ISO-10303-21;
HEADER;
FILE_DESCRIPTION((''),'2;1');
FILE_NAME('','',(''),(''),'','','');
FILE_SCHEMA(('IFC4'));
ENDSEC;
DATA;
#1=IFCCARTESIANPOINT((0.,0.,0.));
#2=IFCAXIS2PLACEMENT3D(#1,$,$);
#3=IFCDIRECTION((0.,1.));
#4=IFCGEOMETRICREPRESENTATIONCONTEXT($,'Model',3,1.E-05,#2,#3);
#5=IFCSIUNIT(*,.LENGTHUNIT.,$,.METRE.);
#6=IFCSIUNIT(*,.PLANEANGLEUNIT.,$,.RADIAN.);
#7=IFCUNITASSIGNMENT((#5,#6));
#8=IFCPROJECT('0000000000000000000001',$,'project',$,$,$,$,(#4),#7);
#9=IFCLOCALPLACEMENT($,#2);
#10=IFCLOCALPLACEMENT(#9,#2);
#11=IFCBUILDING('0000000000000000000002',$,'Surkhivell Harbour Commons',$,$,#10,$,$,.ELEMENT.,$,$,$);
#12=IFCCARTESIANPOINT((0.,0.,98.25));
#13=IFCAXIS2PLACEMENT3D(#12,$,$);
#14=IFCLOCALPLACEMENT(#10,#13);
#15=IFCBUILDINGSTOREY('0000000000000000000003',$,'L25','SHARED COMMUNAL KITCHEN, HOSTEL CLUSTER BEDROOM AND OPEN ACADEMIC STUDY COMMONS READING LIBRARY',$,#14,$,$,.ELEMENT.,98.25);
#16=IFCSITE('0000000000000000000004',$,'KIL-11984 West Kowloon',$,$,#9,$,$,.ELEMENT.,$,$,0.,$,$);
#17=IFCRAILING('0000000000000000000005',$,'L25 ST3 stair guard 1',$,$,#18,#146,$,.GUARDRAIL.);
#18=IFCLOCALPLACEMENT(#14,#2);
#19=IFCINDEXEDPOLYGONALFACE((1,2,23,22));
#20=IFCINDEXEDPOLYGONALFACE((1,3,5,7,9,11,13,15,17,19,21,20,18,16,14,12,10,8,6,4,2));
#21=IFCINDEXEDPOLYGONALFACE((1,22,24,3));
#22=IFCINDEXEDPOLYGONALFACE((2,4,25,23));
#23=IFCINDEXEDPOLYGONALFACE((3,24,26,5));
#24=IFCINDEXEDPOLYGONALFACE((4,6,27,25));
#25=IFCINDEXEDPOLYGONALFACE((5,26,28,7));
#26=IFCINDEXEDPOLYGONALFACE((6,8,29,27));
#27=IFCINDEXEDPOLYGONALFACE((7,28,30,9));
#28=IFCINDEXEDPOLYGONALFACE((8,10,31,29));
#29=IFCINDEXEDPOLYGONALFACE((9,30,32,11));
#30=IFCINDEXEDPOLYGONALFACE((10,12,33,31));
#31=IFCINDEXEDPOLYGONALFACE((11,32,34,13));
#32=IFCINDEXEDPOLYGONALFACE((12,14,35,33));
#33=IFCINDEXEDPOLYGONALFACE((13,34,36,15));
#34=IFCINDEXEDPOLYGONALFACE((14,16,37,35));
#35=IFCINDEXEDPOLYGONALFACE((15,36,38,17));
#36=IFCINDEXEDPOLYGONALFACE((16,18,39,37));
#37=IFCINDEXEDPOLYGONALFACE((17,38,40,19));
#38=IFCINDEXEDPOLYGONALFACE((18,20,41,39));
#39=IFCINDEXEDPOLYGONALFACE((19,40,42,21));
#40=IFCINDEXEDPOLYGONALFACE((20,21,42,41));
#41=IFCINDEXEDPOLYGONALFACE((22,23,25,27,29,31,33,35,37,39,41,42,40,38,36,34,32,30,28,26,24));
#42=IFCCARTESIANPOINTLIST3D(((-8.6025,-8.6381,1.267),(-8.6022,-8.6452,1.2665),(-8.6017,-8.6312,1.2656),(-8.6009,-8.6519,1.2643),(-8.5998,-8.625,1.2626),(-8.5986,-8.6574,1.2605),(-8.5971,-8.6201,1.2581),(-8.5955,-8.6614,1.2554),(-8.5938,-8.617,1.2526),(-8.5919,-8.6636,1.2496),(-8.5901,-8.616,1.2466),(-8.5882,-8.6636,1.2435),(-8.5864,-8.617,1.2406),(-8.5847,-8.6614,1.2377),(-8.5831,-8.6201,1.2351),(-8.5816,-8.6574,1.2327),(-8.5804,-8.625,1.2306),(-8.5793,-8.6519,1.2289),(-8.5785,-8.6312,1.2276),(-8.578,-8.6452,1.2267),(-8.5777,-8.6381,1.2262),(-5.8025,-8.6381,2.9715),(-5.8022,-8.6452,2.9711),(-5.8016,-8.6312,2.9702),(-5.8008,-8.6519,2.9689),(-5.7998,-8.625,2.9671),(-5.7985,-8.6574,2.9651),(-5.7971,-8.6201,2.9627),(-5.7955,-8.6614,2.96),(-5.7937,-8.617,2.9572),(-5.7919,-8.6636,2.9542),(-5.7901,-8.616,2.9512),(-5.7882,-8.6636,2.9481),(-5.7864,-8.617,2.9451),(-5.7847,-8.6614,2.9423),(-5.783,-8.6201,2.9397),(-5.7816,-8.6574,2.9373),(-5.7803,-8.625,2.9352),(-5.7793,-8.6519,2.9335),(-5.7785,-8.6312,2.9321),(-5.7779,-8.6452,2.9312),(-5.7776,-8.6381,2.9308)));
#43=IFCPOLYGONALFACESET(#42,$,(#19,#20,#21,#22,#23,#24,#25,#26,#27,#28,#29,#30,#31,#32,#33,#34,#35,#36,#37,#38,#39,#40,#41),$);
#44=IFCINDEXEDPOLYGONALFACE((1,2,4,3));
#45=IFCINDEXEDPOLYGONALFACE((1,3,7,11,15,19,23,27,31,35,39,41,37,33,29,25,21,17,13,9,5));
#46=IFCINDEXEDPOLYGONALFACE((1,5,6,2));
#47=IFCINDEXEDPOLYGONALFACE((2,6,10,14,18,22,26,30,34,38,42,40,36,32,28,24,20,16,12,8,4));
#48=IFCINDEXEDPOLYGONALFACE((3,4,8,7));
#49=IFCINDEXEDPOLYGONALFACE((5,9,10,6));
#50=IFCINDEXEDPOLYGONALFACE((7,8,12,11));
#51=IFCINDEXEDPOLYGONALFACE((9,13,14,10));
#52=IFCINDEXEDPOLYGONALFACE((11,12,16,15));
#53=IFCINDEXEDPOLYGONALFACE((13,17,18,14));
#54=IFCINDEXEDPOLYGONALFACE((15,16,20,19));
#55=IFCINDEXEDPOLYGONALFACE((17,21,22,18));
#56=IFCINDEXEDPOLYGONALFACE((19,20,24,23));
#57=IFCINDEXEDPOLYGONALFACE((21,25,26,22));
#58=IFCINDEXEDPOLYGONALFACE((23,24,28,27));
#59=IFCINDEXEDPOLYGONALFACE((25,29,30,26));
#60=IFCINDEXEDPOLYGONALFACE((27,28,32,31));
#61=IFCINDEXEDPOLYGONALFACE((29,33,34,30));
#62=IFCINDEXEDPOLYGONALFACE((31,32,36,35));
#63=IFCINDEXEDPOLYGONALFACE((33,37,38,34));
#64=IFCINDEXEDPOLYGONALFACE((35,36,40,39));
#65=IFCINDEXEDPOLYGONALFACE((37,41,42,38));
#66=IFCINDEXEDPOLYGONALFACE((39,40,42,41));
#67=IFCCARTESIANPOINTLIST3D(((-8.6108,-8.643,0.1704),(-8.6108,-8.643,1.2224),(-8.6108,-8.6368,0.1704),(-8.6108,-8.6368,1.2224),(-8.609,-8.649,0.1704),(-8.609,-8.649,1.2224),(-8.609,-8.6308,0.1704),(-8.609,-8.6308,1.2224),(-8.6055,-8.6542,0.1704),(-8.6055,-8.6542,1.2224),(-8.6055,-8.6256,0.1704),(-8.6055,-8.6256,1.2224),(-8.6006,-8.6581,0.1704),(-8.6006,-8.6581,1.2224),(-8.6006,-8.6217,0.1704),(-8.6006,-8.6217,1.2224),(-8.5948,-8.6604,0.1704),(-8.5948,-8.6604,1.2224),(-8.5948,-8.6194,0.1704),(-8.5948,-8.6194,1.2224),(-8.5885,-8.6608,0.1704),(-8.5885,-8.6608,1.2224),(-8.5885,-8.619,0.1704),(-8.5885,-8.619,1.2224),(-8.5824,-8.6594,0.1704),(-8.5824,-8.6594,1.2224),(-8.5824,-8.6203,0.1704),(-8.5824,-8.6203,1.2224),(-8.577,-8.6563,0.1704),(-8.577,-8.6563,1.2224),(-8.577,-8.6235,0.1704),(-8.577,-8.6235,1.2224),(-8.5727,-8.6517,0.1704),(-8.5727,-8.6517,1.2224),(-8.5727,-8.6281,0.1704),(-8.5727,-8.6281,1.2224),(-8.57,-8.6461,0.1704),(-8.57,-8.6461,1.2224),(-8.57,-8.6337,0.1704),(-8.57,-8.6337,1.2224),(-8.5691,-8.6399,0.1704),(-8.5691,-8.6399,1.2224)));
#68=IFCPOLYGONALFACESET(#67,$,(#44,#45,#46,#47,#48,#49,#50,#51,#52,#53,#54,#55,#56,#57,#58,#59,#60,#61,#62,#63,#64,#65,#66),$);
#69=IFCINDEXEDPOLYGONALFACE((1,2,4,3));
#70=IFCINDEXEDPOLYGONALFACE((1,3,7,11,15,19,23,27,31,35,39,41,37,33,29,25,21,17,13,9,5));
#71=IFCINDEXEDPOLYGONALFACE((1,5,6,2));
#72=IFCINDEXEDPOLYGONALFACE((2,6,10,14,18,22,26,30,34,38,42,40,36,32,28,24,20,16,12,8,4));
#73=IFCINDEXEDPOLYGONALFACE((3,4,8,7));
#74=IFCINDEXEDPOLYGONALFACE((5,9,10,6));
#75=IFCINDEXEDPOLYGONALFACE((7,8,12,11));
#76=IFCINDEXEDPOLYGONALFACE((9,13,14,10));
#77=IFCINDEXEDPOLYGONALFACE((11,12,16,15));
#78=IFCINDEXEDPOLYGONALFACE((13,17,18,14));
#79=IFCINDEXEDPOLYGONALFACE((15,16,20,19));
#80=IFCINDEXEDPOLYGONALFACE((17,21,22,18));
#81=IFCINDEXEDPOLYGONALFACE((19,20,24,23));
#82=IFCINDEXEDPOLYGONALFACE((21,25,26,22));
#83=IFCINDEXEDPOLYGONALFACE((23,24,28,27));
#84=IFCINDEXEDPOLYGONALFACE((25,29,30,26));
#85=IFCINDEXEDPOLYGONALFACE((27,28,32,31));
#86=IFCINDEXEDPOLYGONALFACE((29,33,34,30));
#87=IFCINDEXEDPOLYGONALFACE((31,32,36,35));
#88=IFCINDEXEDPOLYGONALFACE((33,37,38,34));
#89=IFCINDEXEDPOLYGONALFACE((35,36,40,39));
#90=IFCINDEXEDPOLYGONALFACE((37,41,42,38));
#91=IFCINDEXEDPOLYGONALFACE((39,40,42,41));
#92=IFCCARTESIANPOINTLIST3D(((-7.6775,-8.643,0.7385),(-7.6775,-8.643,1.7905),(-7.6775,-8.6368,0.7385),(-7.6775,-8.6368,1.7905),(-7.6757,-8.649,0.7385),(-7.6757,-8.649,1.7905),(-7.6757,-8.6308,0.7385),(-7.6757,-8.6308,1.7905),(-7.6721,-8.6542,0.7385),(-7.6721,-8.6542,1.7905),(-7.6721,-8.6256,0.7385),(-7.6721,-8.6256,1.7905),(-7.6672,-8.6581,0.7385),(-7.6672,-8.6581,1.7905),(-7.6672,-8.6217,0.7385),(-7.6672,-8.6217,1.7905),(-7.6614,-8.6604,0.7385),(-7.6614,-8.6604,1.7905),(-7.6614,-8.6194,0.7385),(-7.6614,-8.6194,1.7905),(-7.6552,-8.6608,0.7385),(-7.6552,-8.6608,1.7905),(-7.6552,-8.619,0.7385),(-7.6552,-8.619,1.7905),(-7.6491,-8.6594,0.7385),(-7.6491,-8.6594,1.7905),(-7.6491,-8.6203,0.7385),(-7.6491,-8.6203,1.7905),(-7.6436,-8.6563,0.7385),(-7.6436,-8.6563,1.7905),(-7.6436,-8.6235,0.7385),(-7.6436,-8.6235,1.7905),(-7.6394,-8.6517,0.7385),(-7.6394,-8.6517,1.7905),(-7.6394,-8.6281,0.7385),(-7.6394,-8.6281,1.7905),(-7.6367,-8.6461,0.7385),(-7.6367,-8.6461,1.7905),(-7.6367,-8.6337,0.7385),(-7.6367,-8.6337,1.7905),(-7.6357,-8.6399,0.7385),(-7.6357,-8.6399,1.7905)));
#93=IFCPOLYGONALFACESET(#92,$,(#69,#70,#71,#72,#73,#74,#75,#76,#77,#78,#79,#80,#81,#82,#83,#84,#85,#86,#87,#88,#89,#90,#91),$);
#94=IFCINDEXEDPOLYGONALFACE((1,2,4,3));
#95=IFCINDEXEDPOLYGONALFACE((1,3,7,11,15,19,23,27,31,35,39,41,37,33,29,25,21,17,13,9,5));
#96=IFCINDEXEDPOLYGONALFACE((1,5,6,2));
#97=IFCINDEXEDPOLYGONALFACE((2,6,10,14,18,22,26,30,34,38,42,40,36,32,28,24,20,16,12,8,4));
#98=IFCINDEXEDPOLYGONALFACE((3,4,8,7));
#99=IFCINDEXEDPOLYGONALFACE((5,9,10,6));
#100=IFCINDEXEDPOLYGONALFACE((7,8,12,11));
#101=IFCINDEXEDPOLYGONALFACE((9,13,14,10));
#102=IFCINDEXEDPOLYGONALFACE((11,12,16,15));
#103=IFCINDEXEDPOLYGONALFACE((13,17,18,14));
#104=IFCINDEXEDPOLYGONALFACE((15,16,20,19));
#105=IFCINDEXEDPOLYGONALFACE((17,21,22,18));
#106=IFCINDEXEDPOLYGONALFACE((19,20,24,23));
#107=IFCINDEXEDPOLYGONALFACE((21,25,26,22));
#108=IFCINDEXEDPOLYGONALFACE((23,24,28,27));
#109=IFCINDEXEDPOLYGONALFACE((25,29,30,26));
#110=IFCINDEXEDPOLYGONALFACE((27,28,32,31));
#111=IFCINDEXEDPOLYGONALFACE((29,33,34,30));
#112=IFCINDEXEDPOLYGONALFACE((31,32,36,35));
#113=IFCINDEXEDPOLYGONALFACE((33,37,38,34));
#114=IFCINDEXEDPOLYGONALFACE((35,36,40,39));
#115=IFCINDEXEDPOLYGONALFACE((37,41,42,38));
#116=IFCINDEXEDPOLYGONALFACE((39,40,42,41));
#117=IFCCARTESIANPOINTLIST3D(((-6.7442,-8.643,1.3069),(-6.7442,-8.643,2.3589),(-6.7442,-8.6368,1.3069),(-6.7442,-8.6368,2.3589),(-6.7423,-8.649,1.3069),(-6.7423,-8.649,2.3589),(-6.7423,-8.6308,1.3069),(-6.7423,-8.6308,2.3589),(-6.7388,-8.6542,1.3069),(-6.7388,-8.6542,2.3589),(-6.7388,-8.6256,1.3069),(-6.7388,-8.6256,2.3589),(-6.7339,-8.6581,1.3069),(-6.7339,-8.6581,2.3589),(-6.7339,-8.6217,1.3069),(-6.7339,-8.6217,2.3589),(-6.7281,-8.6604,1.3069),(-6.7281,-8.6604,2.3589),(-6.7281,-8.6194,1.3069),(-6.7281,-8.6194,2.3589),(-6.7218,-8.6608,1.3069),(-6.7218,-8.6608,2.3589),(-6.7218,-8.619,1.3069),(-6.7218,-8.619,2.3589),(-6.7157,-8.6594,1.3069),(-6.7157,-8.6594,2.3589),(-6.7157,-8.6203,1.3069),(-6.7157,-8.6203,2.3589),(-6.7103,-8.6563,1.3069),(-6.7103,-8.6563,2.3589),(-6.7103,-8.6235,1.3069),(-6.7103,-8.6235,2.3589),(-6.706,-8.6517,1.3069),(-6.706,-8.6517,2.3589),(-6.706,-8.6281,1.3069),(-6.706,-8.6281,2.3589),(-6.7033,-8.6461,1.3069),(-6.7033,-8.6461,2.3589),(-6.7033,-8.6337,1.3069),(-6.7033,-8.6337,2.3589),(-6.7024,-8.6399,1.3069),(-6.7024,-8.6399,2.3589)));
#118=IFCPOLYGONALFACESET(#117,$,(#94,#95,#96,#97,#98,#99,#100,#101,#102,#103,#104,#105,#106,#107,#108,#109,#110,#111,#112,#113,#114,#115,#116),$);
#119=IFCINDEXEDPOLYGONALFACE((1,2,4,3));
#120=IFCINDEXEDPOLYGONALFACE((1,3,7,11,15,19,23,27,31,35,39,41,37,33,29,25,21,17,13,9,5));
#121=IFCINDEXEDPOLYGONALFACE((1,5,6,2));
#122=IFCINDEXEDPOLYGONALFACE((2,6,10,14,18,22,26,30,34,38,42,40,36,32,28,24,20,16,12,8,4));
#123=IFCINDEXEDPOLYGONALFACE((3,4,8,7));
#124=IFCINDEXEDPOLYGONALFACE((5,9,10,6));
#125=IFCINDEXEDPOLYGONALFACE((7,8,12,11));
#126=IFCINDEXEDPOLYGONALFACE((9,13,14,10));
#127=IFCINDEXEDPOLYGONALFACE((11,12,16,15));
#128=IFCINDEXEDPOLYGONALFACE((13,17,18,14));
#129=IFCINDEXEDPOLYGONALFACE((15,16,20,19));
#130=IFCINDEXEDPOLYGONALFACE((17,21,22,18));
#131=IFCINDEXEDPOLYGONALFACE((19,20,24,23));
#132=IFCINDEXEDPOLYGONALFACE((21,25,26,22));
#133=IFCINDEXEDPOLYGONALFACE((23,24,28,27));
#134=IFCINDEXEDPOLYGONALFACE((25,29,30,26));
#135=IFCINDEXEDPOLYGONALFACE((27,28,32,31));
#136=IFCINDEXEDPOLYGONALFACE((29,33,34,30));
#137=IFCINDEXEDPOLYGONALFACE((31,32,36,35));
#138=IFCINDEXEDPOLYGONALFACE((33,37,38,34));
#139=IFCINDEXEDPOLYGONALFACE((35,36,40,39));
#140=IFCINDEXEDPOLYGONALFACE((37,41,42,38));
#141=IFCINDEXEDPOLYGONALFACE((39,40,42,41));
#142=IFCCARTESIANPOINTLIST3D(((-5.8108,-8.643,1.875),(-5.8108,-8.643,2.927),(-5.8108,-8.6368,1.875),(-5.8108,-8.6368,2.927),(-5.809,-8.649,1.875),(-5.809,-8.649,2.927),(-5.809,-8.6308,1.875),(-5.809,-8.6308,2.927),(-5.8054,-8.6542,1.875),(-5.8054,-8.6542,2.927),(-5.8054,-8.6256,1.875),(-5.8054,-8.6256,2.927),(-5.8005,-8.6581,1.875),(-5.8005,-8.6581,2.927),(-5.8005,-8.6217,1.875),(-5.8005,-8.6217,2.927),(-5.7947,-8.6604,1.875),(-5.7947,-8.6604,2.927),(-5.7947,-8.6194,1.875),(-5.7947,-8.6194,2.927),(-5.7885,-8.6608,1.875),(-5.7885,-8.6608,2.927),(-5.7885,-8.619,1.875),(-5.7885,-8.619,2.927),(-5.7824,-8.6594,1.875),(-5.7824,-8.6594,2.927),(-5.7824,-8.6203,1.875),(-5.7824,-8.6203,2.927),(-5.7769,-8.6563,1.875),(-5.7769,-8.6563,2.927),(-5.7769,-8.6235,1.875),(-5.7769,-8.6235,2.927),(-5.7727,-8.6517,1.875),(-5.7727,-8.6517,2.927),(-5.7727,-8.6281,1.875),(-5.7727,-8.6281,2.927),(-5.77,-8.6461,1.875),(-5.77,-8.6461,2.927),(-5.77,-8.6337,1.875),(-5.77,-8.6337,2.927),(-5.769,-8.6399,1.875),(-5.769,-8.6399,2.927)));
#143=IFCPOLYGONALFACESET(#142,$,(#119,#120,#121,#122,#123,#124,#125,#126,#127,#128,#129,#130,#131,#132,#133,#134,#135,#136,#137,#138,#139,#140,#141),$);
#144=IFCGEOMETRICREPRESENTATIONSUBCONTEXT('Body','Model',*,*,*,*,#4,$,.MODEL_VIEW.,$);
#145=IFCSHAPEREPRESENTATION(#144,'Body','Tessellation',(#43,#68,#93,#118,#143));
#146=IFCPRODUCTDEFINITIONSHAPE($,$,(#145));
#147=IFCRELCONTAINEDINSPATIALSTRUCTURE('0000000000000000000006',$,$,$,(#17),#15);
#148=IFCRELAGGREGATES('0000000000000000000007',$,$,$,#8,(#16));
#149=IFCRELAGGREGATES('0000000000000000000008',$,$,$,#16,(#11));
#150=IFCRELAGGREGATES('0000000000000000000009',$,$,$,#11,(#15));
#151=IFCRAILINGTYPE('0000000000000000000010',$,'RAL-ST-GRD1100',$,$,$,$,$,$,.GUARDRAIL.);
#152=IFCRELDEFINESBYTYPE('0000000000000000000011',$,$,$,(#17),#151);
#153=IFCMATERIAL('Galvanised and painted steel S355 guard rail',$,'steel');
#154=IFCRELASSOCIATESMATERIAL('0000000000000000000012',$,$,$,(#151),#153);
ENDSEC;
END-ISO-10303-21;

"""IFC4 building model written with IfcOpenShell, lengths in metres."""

from ifc_helpers import new_model, si_unit, direction, frame, origin, origin_2d, place, context, subcontext, project, spatial, circle, extrude, material, type_object, element, save


model = new_model("IFC4")

# Units and contexts
model_context = context("Model", 3, precision=1e-05, world=origin(), true_north=direction((0.0, 1.0)))
body_context = subcontext(model_context, "Body", "Model", "MODEL_VIEW")
ifc_project = project(units=[si_unit("LENGTHUNIT", "METRE"), si_unit("PLANEANGLEUNIT", "RADIAN")], contexts=[model_context])

# Site, building, storey
site_placement = place(None, origin())
site = spatial("IfcSite", under=ifc_project, at=site_placement, Name="KIL-11984 West Kowloon", CompositionType="ELEMENT", RefElevation=0.0)
building_placement = place(site_placement, origin())
building = spatial("IfcBuilding", under=site, at=building_placement, Name="Surkhivell Harbour Commons", CompositionType="ELEMENT")
storey_placement = place(building_placement, frame((0.0, 0.0, 98.25)))
storey = spatial("IfcBuildingStorey", under=building, at=storey_placement, Name="L25", Description="SHARED COMMUNAL KITCHEN, HOSTEL CLUSTER BEDROOM AND OPEN ACADEMIC STUDY COMMONS READING LIBRARY", CompositionType="ELEMENT", Elevation=98.25)

# Railing
ifc_material_1 = material(Name="Galvanised and painted steel S355 guard rail", Category="steel")
railing_type_1 = type_object("IfcRailingType", Name="RAL-ST-GRD1100", PredefinedType="GUARDRAIL", material=ifc_material_1)
railing_1_placement = place(storey_placement, frame((-8.5901, -8.6399, 0.1704)))
element("IfcRailing", 1, at=railing_1_placement, inside=storey, type_object=railing_type_1, Name="L25 ST3 stair guard 1", PredefinedType="GUARDRAIL", context=body_context, shape_type="SweptSolid", body=[
    extrude(circle(Radius=0.0239, at=origin_2d()), frame((0.0, 0.0, 1.0762), z_axis=(0.85417, 0.0, 0.519994), x_axis=(0.0, 1.0, 0.0)), (0.0, 0.0, 1.0), 3.2781),
    extrude(circle(Radius=0.021, at=origin_2d()), origin(), (0.0, 0.0, 1.0), 1.052),
    extrude(circle(Radius=0.021, at=origin_2d()), frame((0.9333, 0.0, 0.5681)), (0.0, 0.0, 1.0), 1.052),
    extrude(circle(Radius=0.021, at=origin_2d()), frame((1.8667, 0.0, 1.1365)), (0.0, 0.0, 1.0), 1.052),
    extrude(circle(Radius=0.021, at=origin_2d()), frame((2.8, 0.0, 1.7046)), (0.0, 0.0, 1.0), 1.052),
])

save(model, "model.ifc")
